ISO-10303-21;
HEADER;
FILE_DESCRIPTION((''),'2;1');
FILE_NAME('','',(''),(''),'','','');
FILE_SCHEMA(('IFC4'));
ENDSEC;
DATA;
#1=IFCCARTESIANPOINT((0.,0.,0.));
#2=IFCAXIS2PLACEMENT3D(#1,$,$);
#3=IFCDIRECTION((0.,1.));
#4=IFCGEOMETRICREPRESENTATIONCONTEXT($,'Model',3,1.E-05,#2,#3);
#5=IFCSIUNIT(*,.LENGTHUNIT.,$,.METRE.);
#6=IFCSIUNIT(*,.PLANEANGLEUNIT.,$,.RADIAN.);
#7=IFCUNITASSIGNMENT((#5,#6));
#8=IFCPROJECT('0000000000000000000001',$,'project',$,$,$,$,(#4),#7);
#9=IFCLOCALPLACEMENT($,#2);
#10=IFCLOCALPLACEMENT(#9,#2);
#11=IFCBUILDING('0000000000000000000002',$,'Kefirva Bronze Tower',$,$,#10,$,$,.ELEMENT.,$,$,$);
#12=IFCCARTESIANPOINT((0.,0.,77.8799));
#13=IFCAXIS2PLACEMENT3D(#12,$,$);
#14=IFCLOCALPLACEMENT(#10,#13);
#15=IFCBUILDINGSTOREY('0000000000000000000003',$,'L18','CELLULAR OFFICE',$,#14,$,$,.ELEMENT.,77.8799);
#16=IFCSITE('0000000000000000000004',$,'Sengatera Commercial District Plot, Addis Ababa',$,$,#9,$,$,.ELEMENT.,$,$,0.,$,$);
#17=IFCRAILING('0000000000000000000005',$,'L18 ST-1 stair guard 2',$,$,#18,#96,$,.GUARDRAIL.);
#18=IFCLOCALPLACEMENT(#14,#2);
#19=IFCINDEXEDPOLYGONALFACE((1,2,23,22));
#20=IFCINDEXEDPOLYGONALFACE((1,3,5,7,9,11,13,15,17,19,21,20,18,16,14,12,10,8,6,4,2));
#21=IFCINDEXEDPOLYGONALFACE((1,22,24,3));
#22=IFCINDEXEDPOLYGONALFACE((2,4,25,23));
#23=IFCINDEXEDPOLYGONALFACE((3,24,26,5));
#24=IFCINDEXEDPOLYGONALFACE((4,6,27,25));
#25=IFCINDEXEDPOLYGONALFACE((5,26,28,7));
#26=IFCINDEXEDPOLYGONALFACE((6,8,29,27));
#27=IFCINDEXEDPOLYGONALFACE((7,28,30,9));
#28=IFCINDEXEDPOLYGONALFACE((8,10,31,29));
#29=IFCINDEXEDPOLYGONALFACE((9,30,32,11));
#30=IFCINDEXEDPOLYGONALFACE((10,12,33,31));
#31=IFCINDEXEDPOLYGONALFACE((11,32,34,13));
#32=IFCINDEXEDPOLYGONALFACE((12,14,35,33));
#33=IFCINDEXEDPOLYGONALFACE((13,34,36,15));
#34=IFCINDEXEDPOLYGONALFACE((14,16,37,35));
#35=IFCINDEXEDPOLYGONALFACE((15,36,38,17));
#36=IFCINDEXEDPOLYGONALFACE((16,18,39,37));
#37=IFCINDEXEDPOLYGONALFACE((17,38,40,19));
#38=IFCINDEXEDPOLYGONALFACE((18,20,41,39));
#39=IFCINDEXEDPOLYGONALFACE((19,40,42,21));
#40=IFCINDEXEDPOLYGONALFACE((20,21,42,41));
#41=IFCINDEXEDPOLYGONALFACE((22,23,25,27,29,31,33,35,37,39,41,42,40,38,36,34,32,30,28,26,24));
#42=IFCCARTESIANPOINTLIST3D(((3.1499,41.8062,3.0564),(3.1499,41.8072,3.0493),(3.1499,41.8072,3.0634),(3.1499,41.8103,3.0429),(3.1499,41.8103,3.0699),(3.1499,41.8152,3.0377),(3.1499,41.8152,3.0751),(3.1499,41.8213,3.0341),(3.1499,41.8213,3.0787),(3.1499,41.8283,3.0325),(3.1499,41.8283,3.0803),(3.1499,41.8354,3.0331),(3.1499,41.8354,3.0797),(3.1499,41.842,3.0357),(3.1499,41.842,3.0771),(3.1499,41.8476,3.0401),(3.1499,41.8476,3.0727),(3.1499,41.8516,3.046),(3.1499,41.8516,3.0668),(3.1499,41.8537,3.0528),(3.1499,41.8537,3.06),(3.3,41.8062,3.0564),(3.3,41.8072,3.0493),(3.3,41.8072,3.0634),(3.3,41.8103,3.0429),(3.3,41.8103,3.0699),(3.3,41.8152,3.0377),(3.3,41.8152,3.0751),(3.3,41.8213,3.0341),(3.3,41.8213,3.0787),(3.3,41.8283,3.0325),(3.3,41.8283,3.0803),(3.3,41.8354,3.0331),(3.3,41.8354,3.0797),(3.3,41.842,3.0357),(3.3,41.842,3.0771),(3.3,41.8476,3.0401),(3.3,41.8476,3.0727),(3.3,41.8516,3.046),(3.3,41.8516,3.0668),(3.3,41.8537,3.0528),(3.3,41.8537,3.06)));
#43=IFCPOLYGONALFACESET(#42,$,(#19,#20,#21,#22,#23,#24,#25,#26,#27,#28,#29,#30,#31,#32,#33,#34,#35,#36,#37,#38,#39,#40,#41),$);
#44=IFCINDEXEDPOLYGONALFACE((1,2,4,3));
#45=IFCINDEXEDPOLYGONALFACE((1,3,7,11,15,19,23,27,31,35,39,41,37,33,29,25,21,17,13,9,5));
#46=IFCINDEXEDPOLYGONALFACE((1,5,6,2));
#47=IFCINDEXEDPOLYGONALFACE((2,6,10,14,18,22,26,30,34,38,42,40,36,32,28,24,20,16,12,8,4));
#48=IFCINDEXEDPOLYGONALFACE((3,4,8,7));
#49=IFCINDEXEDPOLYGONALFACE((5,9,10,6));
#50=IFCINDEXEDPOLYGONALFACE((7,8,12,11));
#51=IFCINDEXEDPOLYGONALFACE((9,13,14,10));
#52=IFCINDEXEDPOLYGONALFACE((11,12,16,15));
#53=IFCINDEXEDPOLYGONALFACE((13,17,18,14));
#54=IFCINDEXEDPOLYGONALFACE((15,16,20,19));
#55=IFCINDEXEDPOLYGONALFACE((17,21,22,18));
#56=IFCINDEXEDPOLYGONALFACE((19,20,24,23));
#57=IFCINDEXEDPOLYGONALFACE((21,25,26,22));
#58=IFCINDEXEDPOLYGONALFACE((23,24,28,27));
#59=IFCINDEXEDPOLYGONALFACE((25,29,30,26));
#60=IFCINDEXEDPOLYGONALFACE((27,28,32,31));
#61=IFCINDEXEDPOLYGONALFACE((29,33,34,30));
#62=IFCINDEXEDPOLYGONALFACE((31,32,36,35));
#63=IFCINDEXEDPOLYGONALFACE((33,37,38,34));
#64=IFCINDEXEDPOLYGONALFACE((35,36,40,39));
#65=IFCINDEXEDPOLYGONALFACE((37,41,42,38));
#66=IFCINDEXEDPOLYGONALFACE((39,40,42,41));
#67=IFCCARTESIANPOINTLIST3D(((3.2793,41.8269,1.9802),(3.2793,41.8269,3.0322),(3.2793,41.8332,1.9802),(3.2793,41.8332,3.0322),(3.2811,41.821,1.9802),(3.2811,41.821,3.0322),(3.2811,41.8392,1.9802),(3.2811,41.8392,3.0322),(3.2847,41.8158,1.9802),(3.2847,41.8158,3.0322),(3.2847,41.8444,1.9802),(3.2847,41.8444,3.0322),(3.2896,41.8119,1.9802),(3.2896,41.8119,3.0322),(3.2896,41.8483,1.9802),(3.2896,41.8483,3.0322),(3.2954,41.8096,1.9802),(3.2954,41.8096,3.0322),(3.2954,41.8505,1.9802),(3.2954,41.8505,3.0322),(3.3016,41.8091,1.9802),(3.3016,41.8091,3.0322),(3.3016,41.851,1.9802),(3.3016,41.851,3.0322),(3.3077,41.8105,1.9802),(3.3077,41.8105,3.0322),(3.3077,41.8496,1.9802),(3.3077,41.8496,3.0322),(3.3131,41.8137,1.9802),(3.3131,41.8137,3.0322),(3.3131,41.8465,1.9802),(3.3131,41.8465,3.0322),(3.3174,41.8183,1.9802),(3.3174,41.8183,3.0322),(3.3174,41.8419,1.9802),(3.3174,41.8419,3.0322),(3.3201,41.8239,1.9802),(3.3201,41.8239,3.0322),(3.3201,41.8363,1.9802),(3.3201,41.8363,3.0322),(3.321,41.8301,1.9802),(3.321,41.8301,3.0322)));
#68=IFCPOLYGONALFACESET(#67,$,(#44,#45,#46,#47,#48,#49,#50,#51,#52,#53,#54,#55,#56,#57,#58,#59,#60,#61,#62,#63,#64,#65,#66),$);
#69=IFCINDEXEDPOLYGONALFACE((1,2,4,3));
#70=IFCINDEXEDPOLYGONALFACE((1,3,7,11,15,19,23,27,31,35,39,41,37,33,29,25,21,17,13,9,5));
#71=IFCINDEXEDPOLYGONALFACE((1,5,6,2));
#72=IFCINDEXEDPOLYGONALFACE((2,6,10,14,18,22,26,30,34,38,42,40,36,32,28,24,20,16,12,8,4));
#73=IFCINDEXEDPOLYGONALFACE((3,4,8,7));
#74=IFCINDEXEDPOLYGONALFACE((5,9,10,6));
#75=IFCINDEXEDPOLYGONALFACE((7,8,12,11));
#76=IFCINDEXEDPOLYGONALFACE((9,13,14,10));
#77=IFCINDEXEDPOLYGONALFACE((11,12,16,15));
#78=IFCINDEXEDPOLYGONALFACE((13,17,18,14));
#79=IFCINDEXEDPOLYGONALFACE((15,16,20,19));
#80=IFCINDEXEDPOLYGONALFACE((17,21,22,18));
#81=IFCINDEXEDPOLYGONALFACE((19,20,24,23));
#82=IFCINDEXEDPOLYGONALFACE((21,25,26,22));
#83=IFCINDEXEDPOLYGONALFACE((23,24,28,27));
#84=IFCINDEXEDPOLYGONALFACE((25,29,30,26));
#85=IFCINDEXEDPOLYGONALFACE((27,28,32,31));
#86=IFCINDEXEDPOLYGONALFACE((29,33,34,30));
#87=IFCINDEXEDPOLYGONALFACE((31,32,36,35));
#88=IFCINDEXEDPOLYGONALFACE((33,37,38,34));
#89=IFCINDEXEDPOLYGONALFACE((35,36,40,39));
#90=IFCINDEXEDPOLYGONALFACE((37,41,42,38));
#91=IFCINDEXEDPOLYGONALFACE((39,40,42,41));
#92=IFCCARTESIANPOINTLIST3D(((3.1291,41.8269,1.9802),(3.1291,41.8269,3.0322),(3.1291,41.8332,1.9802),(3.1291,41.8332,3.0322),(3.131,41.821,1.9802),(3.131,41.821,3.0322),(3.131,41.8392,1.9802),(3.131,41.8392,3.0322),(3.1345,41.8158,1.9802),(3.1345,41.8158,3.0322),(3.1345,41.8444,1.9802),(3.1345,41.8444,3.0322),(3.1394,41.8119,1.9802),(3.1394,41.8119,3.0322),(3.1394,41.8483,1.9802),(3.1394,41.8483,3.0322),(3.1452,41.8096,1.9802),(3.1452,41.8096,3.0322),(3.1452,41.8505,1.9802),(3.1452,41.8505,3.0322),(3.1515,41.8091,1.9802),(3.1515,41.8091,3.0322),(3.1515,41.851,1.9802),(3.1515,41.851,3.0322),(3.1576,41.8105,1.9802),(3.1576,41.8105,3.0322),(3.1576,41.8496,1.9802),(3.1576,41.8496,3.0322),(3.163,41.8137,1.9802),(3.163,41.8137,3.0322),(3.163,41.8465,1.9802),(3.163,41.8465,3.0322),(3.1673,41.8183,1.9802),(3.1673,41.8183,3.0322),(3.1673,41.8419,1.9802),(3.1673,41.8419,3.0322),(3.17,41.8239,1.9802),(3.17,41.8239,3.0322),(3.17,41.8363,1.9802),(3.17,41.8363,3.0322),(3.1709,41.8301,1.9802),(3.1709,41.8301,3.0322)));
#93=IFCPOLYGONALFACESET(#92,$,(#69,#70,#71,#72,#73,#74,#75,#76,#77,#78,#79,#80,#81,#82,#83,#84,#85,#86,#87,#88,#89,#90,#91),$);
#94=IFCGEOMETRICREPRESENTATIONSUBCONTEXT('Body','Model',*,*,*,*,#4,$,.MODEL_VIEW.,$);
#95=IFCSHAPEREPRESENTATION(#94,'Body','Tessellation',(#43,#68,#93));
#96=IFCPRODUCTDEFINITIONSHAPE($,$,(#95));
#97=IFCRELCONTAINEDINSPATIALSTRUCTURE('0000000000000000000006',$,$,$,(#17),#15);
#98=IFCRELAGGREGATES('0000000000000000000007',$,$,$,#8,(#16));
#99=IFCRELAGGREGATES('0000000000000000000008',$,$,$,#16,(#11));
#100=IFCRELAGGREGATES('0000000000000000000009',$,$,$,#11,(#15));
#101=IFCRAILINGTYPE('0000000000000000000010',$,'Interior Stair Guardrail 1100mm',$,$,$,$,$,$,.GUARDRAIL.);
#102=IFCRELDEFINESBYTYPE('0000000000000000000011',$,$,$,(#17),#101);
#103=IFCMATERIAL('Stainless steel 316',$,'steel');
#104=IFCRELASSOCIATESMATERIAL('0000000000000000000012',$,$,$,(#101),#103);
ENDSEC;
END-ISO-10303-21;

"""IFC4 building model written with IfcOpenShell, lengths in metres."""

from ifc_helpers import new_model, si_unit, direction, frame, origin, origin_2d, place, context, subcontext, project, spatial, circle, extrude, material, type_object, element, save


model = new_model("IFC4")

# Units and contexts
model_context = context("Model", 3, precision=1e-05, world=origin(), true_north=direction((0.0, 1.0)))
body_context = subcontext(model_context, "Body", "Model", "MODEL_VIEW")
ifc_project = project(units=[si_unit("LENGTHUNIT", "METRE"), si_unit("PLANEANGLEUNIT", "RADIAN")], contexts=[model_context])

# Site, building, storey
site_placement = place(None, origin())
site = spatial("IfcSite", under=ifc_project, at=site_placement, Name="Sengatera Commercial District Plot, Addis Ababa", CompositionType="ELEMENT", RefElevation=0.0)
building_placement = place(site_placement, origin())
building = spatial("IfcBuilding", under=site, at=building_placement, Name="Kefirva Bronze Tower", CompositionType="ELEMENT")
storey_placement = place(building_placement, frame((0.0, 0.0, 77.8799)))
storey = spatial("IfcBuildingStorey", under=building, at=storey_placement, Name="L18", Description="CELLULAR OFFICE", CompositionType="ELEMENT", Elevation=77.8799)

# Railing
ifc_material_1 = material(Name="Stainless steel 316", Category="steel")
railing_type_1 = type_object("IfcRailingType", Name="Interior Stair Guardrail 1100mm", PredefinedType="GUARDRAIL", material=ifc_material_1)
railing_1_placement = place(storey_placement, frame((3.3, 41.8301, 1.9802)))
element("IfcRailing", 1, at=railing_1_placement, inside=storey, type_object=railing_type_1, Name="L18 ST-1 stair guard 2", PredefinedType="GUARDRAIL", context=body_context, shape_type="SweptSolid", body=[
    extrude(circle(Radius=0.0239, at=origin_2d()), frame((0.0, 0.0, 1.0762), z_axis=(-1.0, 0.0, 0.0), x_axis=(0.0, -1.0, 0.0)), (0.0, 0.0, 1.0), 0.1501),
    extrude(circle(Radius=0.021, at=origin_2d()), origin(), (0.0, 0.0, 1.0), 1.052),
    extrude(circle(Radius=0.021, at=origin_2d()), frame((-0.1501, 0.0, 0.0)), (0.0, 0.0, 1.0), 1.052),
])

save(model, "model.ifc")
